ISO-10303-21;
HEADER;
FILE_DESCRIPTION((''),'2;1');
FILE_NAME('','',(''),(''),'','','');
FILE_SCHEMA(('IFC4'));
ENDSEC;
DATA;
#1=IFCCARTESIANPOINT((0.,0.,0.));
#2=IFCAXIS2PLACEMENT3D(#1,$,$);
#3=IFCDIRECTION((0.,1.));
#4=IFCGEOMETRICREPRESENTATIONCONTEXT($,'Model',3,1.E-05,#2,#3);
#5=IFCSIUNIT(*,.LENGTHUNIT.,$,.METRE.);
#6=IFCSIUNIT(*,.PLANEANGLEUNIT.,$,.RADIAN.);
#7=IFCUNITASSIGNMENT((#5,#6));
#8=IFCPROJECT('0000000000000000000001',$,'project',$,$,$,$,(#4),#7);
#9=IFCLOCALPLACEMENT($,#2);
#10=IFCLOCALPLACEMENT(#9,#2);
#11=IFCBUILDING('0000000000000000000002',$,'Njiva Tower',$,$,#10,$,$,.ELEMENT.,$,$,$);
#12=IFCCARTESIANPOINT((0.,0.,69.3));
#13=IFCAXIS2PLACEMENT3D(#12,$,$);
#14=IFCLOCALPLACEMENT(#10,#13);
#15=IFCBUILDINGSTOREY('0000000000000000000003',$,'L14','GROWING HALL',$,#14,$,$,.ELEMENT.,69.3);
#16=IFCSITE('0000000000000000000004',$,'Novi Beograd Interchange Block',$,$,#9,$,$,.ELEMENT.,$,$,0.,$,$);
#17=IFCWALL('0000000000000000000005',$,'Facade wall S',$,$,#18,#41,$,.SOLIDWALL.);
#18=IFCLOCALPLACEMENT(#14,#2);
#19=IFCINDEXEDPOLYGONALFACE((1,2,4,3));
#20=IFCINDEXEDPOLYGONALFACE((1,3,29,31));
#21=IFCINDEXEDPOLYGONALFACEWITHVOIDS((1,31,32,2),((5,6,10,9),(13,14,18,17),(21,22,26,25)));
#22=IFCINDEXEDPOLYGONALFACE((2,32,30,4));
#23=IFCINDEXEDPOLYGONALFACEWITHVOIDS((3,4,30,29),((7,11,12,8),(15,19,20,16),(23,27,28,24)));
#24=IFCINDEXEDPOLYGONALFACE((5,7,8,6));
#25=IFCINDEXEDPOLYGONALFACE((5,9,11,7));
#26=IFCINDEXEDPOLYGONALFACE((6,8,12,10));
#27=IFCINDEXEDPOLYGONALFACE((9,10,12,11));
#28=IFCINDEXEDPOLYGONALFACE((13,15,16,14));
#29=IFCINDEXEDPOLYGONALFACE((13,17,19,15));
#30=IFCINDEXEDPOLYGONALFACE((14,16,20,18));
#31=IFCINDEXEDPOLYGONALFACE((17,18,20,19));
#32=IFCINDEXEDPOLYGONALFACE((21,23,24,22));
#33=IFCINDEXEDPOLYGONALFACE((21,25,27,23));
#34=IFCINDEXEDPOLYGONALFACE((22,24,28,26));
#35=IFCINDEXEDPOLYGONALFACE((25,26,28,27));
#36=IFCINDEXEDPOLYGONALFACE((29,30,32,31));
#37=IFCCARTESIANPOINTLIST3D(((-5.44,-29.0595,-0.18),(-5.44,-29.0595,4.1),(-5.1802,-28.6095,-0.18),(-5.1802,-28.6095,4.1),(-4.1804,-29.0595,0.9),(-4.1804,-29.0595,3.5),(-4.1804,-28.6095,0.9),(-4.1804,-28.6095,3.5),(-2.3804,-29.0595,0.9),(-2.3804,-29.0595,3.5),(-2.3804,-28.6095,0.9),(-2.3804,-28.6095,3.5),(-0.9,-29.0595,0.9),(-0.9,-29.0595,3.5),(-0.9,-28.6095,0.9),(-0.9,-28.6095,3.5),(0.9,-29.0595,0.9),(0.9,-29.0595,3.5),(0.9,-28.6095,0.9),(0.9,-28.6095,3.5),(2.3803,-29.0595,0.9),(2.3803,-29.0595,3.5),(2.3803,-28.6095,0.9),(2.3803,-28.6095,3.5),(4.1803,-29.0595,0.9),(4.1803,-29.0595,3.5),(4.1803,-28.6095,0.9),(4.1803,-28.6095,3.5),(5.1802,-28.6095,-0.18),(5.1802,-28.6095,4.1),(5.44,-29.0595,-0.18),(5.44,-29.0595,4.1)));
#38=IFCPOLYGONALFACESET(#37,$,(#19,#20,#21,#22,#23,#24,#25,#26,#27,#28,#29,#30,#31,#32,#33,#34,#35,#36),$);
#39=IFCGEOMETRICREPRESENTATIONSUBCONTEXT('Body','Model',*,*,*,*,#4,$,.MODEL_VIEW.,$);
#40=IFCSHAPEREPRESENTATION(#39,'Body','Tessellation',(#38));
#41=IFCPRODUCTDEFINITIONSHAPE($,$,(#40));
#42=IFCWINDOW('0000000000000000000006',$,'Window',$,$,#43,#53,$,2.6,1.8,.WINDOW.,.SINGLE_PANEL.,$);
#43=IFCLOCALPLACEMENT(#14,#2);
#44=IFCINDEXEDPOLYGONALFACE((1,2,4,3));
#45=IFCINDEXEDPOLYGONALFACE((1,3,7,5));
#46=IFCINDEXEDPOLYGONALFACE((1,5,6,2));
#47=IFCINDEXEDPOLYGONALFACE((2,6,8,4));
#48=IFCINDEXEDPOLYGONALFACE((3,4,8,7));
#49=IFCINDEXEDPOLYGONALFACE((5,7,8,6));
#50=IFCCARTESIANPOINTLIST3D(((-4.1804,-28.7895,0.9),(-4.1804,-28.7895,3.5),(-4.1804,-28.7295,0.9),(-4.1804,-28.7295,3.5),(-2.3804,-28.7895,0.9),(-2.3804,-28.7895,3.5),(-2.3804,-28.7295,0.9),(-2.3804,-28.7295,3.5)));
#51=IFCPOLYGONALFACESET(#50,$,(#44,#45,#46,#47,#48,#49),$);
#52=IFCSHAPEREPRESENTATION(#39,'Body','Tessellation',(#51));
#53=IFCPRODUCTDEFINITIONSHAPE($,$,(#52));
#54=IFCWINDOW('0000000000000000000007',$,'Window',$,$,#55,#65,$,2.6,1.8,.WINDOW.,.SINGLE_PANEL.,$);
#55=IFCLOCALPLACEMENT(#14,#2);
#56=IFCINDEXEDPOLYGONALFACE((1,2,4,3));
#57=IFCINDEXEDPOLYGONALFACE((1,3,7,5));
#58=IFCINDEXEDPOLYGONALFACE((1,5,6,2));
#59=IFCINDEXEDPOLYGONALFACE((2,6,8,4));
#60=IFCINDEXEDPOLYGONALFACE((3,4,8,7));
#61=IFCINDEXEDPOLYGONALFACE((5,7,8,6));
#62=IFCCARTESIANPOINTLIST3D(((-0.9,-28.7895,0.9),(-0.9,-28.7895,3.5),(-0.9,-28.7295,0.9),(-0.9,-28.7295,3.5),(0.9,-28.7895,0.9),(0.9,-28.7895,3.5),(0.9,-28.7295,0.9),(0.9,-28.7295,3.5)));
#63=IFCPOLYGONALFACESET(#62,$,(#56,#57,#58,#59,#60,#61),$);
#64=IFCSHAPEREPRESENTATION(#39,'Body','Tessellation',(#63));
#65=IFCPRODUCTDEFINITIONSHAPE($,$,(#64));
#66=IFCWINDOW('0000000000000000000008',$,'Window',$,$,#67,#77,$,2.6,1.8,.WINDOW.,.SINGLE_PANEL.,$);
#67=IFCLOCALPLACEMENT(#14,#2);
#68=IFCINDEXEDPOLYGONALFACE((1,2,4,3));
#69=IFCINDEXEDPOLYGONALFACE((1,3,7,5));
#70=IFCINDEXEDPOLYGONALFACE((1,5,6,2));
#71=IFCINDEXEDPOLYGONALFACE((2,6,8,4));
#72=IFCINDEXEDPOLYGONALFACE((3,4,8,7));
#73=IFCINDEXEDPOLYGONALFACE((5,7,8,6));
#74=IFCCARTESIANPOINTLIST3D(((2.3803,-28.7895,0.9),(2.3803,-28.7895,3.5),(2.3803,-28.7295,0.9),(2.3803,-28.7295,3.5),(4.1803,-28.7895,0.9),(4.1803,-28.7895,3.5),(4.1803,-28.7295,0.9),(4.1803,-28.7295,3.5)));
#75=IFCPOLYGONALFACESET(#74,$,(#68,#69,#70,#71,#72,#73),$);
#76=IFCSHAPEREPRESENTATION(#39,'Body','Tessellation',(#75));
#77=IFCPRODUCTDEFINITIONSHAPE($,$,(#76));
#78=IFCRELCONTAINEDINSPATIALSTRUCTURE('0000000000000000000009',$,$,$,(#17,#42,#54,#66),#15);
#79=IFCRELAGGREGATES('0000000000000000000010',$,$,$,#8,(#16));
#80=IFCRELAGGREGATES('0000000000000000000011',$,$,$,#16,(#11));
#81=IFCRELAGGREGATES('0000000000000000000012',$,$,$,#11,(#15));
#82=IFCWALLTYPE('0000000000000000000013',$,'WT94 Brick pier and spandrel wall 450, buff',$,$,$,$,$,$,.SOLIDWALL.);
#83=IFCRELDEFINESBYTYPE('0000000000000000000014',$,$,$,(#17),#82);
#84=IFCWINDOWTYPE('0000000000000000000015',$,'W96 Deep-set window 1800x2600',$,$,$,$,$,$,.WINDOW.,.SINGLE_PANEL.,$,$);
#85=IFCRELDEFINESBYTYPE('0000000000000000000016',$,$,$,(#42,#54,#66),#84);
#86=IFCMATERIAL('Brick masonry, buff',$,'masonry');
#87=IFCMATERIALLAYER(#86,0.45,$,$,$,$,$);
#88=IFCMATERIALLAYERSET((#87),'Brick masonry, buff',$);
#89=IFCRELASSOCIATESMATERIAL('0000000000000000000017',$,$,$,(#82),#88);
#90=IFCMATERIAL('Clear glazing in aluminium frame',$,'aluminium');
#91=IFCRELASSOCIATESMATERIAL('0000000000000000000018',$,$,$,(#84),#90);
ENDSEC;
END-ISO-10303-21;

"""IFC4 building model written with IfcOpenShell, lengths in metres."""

from ifc_helpers import new_model, si_unit, direction, frame, frame_2d, origin, place, context, subcontext, project, spatial, polyline, rectangle, outline, extrude, material, layer, layer_set, type_object, element, fill, save


model = new_model("IFC4")

# Units and contexts
model_context = context("Model", 3, precision=1e-05, world=origin(), true_north=direction((0.0, 1.0)))
body_context = subcontext(model_context, "Body", "Model", "MODEL_VIEW")
ifc_project = project(units=[si_unit("LENGTHUNIT", "METRE"), si_unit("PLANEANGLEUNIT", "RADIAN")], contexts=[model_context])

# Site, building, storey
site_placement = place(None, origin())
site = spatial("IfcSite", under=ifc_project, at=site_placement, Name="Novi Beograd Interchange Block", CompositionType="ELEMENT", RefElevation=0.0)
building_placement = place(site_placement, origin())
building = spatial("IfcBuilding", under=site, at=building_placement, Name="Njiva Tower", CompositionType="ELEMENT")
storey_placement = place(building_placement, frame((0.0, 0.0, 69.3)))
storey = spatial("IfcBuildingStorey", under=building, at=storey_placement, Name="L14", Description="GROWING HALL", CompositionType="ELEMENT", Elevation=69.3)

# Wall, openings, windows
ifc_material_1 = material(Name="Brick masonry, buff", Category="masonry")
ifc_layer_1 = layer(ifc_material_1, 0.45)
ifc_layer_set_1 = layer_set([ifc_layer_1], Name="Brick masonry, buff")
wall_type_1 = type_object("IfcWallType", Name="WT94 Brick pier and spandrel wall 450, buff", PredefinedType="SOLIDWALL", material=ifc_layer_set_1)
wall_1_placement = place(storey_placement, frame((-5.3101, -28.8345, -0.18), z_axis=(0.0, 0.0, 1.0), x_axis=(1.0, 0.0, 0.0)))
wall_1 = element("IfcWall", 1, at=wall_1_placement, inside=storey, type_object=wall_type_1, Name="Facade wall S", PredefinedType="SOLIDWALL", context=body_context, shape_type="SweptSolid", body=[
    extrude(outline(polyline([(-0.1299, -0.225), (10.7501, -0.225), (10.4903, 0.225), (0.1299, 0.225), (-0.1299, -0.225)])), origin(), (0.0, 0.0, 1.0), 4.28),
])
opening_1_placement = place(wall_1_placement, frame((1.1297, 0.0, 1.08)))
opening_1 = element("IfcOpeningElement", 2, at=opening_1_placement, cuts=wall_1, PredefinedType="OPENING", context=body_context, shape_type="SweptSolid", body=[
    extrude(rectangle(XDim=1.8, YDim=2.6, at=frame_2d((0.9, 1.3))), frame((0.0, 0.235, 0.0), z_axis=(0.0, -1.0, 0.0), x_axis=(1.0, 0.0, 0.0)), (0.0, 0.0, 1.0), 0.47),
])
opening_2_placement = place(wall_1_placement, frame((4.4101, 0.0, 1.08)))
opening_2 = element("IfcOpeningElement", 3, at=opening_2_placement, cuts=wall_1, PredefinedType="OPENING", context=body_context, shape_type="SweptSolid", body=[
    extrude(rectangle(XDim=1.8, YDim=2.6, at=frame_2d((0.9, 1.3))), frame((0.0, 0.235, 0.0), z_axis=(0.0, -1.0, 0.0), x_axis=(1.0, 0.0, 0.0)), (0.0, 0.0, 1.0), 0.47),
])
opening_3_placement = place(wall_1_placement, frame((7.6904, 0.0, 1.08)))
opening_3 = element("IfcOpeningElement", 4, at=opening_3_placement, cuts=wall_1, PredefinedType="OPENING", context=body_context, shape_type="SweptSolid", body=[
    extrude(rectangle(XDim=1.8, YDim=2.6, at=frame_2d((0.9, 1.3))), frame((0.0, 0.235, 0.0), z_axis=(0.0, -1.0, 0.0), x_axis=(1.0, 0.0, 0.0)), (0.0, 0.0, 1.0), 0.47),
])
ifc_material_2 = material(Name="Clear glazing in aluminium frame", Category="aluminium")
window_type = type_object("IfcWindowType", Name="W96 Deep-set window 1800x2600", PartitioningType="SINGLE_PANEL", PredefinedType="WINDOW", material=ifc_material_2)
window_1_placement = place(opening_1_placement, origin())
window_1 = element("IfcWindow", 5, at=window_1_placement, inside=storey, type_object=window_type, Name="Window", OverallHeight=2.6, OverallWidth=1.8, PartitioningType="SINGLE_PANEL", PredefinedType="WINDOW", context=body_context, shape_type="SweptSolid", body=[
    extrude(rectangle(XDim=1.8, YDim=2.6, at=frame_2d((0.9, 1.3))), frame((0.0, 0.105, 0.0), z_axis=(0.0, -1.0, 0.0), x_axis=(1.0, 0.0, 0.0)), (0.0, 0.0, 1.0), 0.06),
])
fill(opening_1, window_1)
window_2_placement = place(opening_2_placement, origin())
window_2 = element("IfcWindow", 6, at=window_2_placement, inside=storey, type_object=window_type, Name="Window", OverallHeight=2.6, OverallWidth=1.8, PartitioningType="SINGLE_PANEL", PredefinedType="WINDOW", context=body_context, shape_type="SweptSolid", body=[
    extrude(rectangle(XDim=1.8, YDim=2.6, at=frame_2d((0.9, 1.3))), frame((0.0, 0.105, 0.0), z_axis=(0.0, -1.0, 0.0), x_axis=(1.0, 0.0, 0.0)), (0.0, 0.0, 1.0), 0.06),
])
fill(opening_2, window_2)
window_3_placement = place(opening_3_placement, origin())
window_3 = element("IfcWindow", 7, at=window_3_placement, inside=storey, type_object=window_type, Name="Window", OverallHeight=2.6, OverallWidth=1.8, PartitioningType="SINGLE_PANEL", PredefinedType="WINDOW", context=body_context, shape_type="SweptSolid", body=[
    extrude(rectangle(XDim=1.8, YDim=2.6, at=frame_2d((0.9, 1.3))), frame((0.0, 0.105, 0.0), z_axis=(0.0, -1.0, 0.0), x_axis=(1.0, 0.0, 0.0)), (0.0, 0.0, 1.0), 0.06),
])
fill(opening_3, window_3)

save(model, "model.ifc")
